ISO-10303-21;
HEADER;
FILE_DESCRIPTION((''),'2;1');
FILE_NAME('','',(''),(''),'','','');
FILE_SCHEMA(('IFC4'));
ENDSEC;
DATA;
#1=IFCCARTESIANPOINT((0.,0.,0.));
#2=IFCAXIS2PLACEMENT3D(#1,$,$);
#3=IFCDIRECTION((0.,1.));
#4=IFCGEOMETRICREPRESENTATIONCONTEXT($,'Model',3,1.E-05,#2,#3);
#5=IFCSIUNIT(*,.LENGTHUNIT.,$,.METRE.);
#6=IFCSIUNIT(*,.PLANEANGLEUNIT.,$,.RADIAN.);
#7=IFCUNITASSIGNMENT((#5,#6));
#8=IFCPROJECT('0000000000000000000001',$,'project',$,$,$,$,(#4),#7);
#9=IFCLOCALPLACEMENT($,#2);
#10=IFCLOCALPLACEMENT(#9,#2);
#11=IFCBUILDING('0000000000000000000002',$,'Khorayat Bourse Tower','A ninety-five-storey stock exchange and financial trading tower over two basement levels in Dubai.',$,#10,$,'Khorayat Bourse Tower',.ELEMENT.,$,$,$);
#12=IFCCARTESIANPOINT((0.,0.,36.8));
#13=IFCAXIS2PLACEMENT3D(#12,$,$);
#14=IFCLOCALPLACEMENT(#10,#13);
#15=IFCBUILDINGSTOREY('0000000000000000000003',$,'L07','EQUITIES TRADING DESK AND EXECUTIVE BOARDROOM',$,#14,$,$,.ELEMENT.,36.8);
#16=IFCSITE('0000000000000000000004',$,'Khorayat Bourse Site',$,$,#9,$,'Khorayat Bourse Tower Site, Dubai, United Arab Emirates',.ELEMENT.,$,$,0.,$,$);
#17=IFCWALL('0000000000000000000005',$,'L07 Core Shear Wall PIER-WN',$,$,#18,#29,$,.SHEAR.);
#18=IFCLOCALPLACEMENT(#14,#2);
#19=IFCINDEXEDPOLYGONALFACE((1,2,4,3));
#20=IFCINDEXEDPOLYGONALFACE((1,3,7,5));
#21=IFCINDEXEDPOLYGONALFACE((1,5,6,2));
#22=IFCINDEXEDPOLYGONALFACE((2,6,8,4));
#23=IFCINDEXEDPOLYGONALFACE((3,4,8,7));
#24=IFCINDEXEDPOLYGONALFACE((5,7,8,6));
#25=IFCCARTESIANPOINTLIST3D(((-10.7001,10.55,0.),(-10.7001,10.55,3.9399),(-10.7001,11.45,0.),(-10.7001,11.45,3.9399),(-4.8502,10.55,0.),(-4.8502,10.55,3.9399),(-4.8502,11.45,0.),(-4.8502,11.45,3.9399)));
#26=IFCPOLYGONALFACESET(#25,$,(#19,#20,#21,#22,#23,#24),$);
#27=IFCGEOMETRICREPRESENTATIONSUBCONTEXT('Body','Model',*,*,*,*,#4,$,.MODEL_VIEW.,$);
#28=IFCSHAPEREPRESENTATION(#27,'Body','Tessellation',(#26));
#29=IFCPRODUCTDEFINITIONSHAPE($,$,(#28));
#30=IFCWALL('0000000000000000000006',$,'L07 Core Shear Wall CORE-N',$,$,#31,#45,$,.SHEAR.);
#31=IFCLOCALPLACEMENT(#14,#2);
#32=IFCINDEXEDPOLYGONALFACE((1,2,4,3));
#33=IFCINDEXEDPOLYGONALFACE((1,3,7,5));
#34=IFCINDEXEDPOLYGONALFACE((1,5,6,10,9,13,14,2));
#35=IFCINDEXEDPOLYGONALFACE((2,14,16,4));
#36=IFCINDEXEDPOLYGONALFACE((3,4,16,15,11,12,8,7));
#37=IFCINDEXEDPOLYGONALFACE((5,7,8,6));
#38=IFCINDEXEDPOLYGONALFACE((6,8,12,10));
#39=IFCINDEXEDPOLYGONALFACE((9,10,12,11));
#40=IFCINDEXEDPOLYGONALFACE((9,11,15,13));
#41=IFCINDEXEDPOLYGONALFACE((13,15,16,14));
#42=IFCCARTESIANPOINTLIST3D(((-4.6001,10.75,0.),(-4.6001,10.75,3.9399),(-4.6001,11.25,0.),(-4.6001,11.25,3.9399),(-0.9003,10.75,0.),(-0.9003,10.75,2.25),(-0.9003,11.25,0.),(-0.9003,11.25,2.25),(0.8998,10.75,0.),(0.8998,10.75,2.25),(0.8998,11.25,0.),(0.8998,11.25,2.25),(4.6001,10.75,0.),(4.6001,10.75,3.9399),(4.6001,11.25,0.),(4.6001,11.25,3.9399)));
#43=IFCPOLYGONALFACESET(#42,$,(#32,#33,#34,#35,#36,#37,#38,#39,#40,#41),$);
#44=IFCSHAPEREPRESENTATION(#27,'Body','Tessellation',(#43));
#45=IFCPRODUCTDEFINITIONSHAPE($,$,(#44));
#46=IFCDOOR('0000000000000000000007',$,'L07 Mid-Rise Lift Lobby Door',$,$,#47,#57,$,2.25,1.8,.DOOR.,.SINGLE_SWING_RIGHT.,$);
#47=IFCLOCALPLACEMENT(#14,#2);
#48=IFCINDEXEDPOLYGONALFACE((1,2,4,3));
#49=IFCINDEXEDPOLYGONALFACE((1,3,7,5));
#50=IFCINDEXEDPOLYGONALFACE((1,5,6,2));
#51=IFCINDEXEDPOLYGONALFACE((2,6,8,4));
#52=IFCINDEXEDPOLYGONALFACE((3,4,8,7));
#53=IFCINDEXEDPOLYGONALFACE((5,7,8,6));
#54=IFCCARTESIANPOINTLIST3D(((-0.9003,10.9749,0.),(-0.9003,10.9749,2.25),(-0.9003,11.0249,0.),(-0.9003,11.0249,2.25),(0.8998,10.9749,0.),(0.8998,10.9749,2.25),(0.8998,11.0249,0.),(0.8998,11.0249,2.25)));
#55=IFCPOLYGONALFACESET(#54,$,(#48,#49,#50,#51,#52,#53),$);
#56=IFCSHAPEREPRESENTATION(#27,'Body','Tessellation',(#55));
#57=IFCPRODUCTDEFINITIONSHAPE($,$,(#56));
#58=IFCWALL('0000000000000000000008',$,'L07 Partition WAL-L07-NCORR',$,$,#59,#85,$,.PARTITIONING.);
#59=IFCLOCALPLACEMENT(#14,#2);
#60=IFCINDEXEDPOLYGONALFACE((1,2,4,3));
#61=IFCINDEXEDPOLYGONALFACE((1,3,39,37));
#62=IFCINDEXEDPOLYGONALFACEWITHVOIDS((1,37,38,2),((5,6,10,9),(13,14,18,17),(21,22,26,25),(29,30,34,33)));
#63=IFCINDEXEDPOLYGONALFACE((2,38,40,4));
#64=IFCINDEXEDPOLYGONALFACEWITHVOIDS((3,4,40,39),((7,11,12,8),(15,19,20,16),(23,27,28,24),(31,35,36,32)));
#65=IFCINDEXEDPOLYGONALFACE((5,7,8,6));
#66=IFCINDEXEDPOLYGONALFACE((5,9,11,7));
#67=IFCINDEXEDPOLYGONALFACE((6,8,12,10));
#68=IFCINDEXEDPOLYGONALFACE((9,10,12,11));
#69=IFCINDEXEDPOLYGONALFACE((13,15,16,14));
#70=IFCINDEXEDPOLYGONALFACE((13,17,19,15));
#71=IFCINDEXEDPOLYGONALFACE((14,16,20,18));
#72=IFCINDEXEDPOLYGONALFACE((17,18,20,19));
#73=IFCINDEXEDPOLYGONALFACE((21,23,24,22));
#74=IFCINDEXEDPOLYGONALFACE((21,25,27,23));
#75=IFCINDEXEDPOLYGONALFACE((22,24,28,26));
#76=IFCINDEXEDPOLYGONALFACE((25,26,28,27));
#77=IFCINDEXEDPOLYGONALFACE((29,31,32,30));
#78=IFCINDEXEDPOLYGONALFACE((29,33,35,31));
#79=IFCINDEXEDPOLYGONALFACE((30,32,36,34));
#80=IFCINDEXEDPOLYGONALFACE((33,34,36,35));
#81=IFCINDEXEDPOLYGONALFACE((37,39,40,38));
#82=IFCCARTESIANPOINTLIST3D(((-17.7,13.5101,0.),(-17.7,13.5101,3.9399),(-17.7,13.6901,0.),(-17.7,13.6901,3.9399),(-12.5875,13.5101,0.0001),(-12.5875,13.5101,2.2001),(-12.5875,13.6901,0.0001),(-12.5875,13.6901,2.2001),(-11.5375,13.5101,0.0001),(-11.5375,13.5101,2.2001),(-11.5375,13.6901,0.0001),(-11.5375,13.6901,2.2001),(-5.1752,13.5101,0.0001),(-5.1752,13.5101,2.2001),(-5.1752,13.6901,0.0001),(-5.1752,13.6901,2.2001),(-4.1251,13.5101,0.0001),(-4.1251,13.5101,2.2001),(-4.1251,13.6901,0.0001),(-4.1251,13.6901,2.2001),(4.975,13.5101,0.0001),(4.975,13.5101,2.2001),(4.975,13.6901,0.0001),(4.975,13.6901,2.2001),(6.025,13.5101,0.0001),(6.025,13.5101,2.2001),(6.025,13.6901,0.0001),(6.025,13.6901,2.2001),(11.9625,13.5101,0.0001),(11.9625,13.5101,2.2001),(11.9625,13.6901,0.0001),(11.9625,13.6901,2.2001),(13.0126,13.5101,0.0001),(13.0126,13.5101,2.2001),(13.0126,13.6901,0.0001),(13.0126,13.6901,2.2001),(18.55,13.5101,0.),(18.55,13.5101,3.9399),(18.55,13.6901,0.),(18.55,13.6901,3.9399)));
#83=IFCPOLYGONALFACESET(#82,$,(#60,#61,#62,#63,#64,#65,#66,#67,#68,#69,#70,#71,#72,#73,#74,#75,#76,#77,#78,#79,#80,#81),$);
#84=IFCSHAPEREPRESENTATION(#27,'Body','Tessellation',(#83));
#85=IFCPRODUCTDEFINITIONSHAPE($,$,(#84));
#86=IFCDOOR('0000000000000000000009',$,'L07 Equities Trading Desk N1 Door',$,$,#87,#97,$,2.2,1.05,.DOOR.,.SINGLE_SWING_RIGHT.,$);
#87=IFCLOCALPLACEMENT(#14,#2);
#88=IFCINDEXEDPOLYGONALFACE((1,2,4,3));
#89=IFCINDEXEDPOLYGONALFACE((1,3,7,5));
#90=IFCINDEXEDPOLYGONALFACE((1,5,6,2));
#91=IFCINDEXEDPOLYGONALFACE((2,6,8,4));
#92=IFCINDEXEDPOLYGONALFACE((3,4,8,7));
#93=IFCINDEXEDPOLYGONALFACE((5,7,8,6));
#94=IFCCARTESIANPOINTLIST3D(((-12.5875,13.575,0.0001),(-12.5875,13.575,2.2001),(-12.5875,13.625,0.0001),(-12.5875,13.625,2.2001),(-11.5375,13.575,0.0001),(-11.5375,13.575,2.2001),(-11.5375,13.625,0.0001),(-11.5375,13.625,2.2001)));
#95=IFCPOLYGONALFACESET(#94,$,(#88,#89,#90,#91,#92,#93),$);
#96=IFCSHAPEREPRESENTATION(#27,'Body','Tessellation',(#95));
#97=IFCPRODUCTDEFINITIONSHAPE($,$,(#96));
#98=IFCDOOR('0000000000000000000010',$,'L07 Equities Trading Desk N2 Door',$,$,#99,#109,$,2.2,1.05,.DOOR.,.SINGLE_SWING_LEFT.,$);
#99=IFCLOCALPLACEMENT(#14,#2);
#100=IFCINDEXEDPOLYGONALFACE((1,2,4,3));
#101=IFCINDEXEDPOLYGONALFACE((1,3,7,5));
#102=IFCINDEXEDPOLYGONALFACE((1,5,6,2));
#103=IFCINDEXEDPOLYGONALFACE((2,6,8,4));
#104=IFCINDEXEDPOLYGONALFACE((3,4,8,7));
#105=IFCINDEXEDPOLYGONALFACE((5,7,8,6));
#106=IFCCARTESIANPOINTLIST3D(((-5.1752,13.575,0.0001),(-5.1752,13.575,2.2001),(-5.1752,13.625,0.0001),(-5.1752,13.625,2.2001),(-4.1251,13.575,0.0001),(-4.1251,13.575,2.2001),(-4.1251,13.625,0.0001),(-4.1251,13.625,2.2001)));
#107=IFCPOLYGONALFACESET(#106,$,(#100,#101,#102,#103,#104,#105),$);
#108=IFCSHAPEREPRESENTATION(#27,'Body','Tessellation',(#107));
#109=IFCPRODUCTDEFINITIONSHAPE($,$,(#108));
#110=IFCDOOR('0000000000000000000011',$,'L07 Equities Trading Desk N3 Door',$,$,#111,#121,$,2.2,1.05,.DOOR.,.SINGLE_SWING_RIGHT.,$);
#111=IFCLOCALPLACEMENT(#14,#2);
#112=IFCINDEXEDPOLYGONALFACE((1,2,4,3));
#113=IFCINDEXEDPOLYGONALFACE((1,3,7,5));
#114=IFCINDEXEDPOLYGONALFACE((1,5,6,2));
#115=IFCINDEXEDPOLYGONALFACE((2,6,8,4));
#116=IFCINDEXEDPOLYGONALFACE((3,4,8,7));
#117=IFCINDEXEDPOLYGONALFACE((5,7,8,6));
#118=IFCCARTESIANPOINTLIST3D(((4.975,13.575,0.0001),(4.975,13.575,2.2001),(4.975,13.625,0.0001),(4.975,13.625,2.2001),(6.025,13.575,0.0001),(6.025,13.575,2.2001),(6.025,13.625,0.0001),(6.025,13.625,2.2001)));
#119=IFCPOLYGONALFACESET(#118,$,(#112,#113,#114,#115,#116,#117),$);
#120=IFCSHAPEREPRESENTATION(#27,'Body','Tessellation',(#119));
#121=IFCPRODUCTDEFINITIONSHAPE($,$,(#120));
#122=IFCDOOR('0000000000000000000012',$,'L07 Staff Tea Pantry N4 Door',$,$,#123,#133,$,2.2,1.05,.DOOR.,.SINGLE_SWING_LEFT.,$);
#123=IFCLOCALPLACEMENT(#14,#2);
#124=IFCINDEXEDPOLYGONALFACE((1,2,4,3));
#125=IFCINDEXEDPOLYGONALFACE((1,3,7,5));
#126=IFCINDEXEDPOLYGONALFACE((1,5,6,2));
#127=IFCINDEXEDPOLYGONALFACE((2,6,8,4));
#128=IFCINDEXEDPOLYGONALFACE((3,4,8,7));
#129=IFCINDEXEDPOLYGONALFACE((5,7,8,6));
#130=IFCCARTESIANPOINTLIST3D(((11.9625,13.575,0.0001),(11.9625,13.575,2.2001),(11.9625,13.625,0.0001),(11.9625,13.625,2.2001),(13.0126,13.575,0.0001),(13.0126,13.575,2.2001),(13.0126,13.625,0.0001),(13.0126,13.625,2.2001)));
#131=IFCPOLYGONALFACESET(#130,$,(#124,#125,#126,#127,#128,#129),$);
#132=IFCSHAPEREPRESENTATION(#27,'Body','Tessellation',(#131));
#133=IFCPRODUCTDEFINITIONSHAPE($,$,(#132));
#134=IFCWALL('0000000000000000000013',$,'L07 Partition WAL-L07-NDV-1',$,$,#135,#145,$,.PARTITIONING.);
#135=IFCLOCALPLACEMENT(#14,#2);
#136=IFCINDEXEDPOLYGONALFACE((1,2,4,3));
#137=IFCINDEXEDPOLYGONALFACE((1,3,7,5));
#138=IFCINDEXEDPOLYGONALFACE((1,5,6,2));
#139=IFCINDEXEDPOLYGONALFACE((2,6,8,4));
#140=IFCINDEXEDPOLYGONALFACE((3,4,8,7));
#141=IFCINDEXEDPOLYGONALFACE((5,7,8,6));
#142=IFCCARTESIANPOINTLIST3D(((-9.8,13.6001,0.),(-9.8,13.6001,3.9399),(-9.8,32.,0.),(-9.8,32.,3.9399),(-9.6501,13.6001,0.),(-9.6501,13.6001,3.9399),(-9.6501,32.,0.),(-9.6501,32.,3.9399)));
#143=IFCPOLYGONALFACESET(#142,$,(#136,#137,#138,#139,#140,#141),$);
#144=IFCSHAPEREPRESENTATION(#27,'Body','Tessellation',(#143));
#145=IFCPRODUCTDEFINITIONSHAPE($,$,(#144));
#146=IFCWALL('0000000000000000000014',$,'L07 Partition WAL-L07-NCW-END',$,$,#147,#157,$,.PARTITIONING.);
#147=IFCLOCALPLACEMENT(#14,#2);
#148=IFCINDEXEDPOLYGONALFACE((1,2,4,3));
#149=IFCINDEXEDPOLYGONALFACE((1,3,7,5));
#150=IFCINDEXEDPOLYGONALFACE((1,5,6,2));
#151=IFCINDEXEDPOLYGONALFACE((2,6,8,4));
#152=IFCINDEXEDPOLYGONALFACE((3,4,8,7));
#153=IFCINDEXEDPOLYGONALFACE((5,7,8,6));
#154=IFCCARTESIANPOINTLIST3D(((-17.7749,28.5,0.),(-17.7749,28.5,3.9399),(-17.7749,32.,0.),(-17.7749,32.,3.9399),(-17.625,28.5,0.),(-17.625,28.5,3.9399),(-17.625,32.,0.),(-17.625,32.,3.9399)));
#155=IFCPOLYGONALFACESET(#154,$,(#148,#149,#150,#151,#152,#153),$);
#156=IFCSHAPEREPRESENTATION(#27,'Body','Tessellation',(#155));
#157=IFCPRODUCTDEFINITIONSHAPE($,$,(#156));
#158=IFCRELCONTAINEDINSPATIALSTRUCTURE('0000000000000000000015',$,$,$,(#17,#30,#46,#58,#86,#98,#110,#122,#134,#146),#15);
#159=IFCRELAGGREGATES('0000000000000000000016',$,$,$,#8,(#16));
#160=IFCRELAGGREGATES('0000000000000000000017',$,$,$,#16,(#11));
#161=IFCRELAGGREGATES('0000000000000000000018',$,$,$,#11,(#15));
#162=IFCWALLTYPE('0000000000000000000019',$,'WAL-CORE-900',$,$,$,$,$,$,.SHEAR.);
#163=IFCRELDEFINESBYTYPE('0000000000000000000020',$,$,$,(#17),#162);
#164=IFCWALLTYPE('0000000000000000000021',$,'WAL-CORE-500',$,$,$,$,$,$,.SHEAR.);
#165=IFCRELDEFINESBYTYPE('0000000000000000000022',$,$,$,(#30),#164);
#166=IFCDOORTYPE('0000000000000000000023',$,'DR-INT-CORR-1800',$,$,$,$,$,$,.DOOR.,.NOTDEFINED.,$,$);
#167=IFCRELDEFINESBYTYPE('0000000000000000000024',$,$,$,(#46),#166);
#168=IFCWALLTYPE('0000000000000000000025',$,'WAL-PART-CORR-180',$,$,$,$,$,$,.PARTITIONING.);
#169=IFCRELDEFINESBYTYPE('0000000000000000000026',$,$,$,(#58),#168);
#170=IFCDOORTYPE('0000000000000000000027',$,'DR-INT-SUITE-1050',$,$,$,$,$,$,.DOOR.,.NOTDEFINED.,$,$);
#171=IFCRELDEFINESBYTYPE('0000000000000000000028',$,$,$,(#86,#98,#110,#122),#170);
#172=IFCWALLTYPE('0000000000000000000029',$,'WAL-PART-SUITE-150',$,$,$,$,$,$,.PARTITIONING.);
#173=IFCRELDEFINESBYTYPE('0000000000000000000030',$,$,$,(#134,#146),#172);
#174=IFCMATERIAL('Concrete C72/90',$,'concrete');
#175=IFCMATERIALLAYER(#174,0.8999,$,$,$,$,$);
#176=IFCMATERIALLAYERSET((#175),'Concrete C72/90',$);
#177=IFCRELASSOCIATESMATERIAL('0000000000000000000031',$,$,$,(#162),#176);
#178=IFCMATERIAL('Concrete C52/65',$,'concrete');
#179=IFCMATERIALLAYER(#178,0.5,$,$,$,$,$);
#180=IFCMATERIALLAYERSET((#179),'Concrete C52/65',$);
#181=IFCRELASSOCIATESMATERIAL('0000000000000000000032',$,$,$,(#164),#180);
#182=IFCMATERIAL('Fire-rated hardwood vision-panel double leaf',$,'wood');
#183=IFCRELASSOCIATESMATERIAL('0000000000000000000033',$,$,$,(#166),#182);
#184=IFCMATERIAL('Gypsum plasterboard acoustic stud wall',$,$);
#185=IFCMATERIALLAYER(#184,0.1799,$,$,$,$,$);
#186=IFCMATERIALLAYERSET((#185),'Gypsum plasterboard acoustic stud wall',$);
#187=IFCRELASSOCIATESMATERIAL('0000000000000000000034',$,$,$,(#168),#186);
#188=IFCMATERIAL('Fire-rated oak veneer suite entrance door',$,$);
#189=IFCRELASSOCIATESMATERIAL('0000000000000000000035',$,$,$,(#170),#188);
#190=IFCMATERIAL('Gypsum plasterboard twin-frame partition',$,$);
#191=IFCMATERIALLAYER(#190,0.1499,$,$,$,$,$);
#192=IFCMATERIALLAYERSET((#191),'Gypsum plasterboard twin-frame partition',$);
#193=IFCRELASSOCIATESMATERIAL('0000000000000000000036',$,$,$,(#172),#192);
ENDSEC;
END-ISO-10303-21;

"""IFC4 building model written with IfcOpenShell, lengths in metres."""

from ifc_helpers import new_model, si_unit, direction, frame, frame_2d, origin, place, context, subcontext, project, spatial, rectangle, extrude, source, transform, mapped, material, layer, layer_set, type_object, element, fill, save


model = new_model("IFC4")

# Units and contexts
model_context = context("Model", 3, precision=1e-05, world=origin(), true_north=direction((0.0, 1.0)))
body_context = subcontext(model_context, "Body", "Model", "MODEL_VIEW")
ifc_project = project(units=[si_unit("LENGTHUNIT", "METRE"), si_unit("PLANEANGLEUNIT", "RADIAN")], contexts=[model_context])

# Site, building, storey
site_placement = place(None, origin())
site = spatial("IfcSite", under=ifc_project, at=site_placement, Name="Khorayat Bourse Site", LongName="Khorayat Bourse Tower Site, Dubai, United Arab Emirates", CompositionType="ELEMENT", RefElevation=0.0)
building_placement = place(site_placement, origin())
building = spatial("IfcBuilding", under=site, at=building_placement, Name="Khorayat Bourse Tower", Description="A ninety-five-storey stock exchange and financial trading tower over two basement levels in Dubai.", LongName="Khorayat Bourse Tower", CompositionType="ELEMENT")
storey_placement = place(building_placement, frame((0.0, 0.0, 36.8)))
storey = spatial("IfcBuildingStorey", under=building, at=storey_placement, Name="L07", Description="EQUITIES TRADING DESK AND EXECUTIVE BOARDROOM", CompositionType="ELEMENT", Elevation=36.8)

# Shared definitions
ifc_material_1 = material(Name="Concrete C72/90", Category="concrete")

# Wall
ifc_layer_1 = layer(ifc_material_1, 0.8999)
ifc_layer_set_1 = layer_set([ifc_layer_1], Name="Concrete C72/90")
wall_type_1 = type_object("IfcWallType", Name="WAL-CORE-900", PredefinedType="SHEAR", material=ifc_layer_set_1)
shared_shape_1 = source(origin(), body_context, "Body", "SweptSolid", [
    extrude(rectangle(XDim=5.8499, YDim=0.8999, at=frame_2d((2.9248, 0.0))), origin(), (0.0, 0.0, 1.0), 3.9399),
])
wall_1_placement = place(storey_placement, frame((-10.7, 11.0, 0.0), z_axis=(0.0, 0.0, 1.0), x_axis=(1.0, 0.0, 0.0)))
element("IfcWall", 1, at=wall_1_placement, inside=storey, type_object=wall_type_1, Name="L07 Core Shear Wall PIER-WN", PredefinedType="SHEAR", context=body_context, shape_type="MappedRepresentation", body=[
    mapped(shared_shape_1, transform((0.0, 0.0, 0.0), scale=1.0)),
])

# Wall, opening, door
ifc_material_2 = material(Name="Concrete C52/65", Category="concrete")
ifc_layer_2 = layer(ifc_material_2, 0.5)
ifc_layer_set_2 = layer_set([ifc_layer_2], Name="Concrete C52/65")
wall_type_2 = type_object("IfcWallType", Name="WAL-CORE-500", PredefinedType="SHEAR", material=ifc_layer_set_2)
shared_shape_2 = source(origin(), body_context, "Body", "SweptSolid", [
    extrude(rectangle(XDim=9.2002, YDim=0.5, at=frame_2d((4.6001, 0.0))), origin(), (0.0, 0.0, 1.0), 3.9399),
])
wall_2_placement = place(storey_placement, frame((-4.6001, 11.0, 0.0), z_axis=(0.0, 0.0, 1.0), x_axis=(1.0, 0.0, 0.0)))
wall_2 = element("IfcWall", 2, at=wall_2_placement, inside=storey, type_object=wall_type_2, Name="L07 Core Shear Wall CORE-N", PredefinedType="SHEAR", context=body_context, shape_type="MappedRepresentation", body=[
    mapped(shared_shape_2, transform((0.0, 0.0, 0.0), scale=1.0)),
])
shared_shape_3 = source(origin(), body_context, "Body", "SweptSolid", [
    extrude(rectangle(XDim=1.8, YDim=2.25, at=frame_2d((0.8999, 1.125))), frame((0.0, 0.26, 0.0), z_axis=(0.0, -1.0, 0.0), x_axis=(1.0, 0.0, 0.0)), (0.0, 0.0, 1.0), 0.52),
])
opening_1_placement = place(wall_2_placement, frame((3.7, 0.0, 0.0)))
opening_1 = element("IfcOpeningElement", 3, at=opening_1_placement, cuts=wall_2, PredefinedType="OPENING", context=body_context, shape_type="MappedRepresentation", body=[
    mapped(shared_shape_3, transform((0.0, 0.0, 0.0), scale=1.0)),
])
ifc_material_3 = material(Name="Fire-rated hardwood vision-panel double leaf", Category="wood")
door_type_1 = type_object("IfcDoorType", Name="DR-INT-CORR-1800", OperationType="NOTDEFINED", PredefinedType="DOOR", material=ifc_material_3)
shared_shape_4 = source(origin(), body_context, "Body", "SweptSolid", [
    extrude(rectangle(XDim=1.8, YDim=2.25, at=frame_2d((0.8999, 1.125))), frame((0.0, 0.0249, 0.0), z_axis=(0.0, -1.0, 0.0), x_axis=(1.0, 0.0, 0.0)), (0.0, 0.0, 1.0), 0.05),
])
door_1_placement = place(opening_1_placement, origin())
door_1 = element("IfcDoor", 4, at=door_1_placement, inside=storey, type_object=door_type_1, Name="L07 Mid-Rise Lift Lobby Door", OperationType="SINGLE_SWING_RIGHT", OverallHeight=2.25, OverallWidth=1.8, PredefinedType="DOOR", context=body_context, shape_type="MappedRepresentation", body=[
    mapped(shared_shape_4, transform((0.0, 0.0, 0.0), scale=1.0)),
])
fill(opening_1, door_1)

# Wall, openings, doors
ifc_material_4 = material(Name="Gypsum plasterboard acoustic stud wall")
ifc_layer_3 = layer(ifc_material_4, 0.1799)
ifc_layer_set_3 = layer_set([ifc_layer_3], Name="Gypsum plasterboard acoustic stud wall")
wall_type_3 = type_object("IfcWallType", Name="WAL-PART-CORR-180", PredefinedType="PARTITIONING", material=ifc_layer_set_3)
shared_shape_5 = source(origin(), body_context, "Body", "SweptSolid", [
    extrude(rectangle(XDim=36.25, YDim=0.1799, at=frame_2d((18.125, 0.0))), origin(), (0.0, 0.0, 1.0), 3.9399),
])
wall_3_placement = place(storey_placement, frame((-17.7, 13.6001, 0.0), z_axis=(0.0, 0.0, 1.0), x_axis=(1.0, 0.0, 0.0)))
wall_3 = element("IfcWall", 5, at=wall_3_placement, inside=storey, type_object=wall_type_3, Name="L07 Partition WAL-L07-NCORR", PredefinedType="PARTITIONING", context=body_context, shape_type="MappedRepresentation", body=[
    mapped(shared_shape_5, transform((0.0, 0.0, 0.0), scale=1.0)),
])
shared_shape_6 = source(origin(), body_context, "Body", "SweptSolid", [
    extrude(rectangle(XDim=1.05, YDim=2.2, at=frame_2d((0.5249, 1.1001))), frame((0.0, 0.0999, 0.0), z_axis=(0.0, -1.0, 0.0), x_axis=(1.0, 0.0, 0.0)), (0.0, 0.0, 1.0), 0.2),
])
opening_2_placement = place(wall_3_placement, frame((5.1125, 0.0, 0.0)))
opening_2 = element("IfcOpeningElement", 6, at=opening_2_placement, cuts=wall_3, PredefinedType="OPENING", context=body_context, shape_type="MappedRepresentation", body=[
    mapped(shared_shape_6, transform((0.0, 0.0, 0.0), scale=1.0)),
])
opening_3_placement = place(wall_3_placement, frame((12.5249, 0.0, 0.0)))
opening_3 = element("IfcOpeningElement", 7, at=opening_3_placement, cuts=wall_3, PredefinedType="OPENING", context=body_context, shape_type="MappedRepresentation", body=[
    mapped(shared_shape_6, transform((0.0, 0.0, 0.0), scale=1.0)),
])
opening_4_placement = place(wall_3_placement, frame((22.675, 0.0, 0.0)))
opening_4 = element("IfcOpeningElement", 8, at=opening_4_placement, cuts=wall_3, PredefinedType="OPENING", context=body_context, shape_type="MappedRepresentation", body=[
    mapped(shared_shape_6, transform((0.0, 0.0, 0.0), scale=1.0)),
])
opening_5_placement = place(wall_3_placement, frame((29.6626, 0.0, 0.0)))
opening_5 = element("IfcOpeningElement", 9, at=opening_5_placement, cuts=wall_3, PredefinedType="OPENING", context=body_context, shape_type="MappedRepresentation", body=[
    mapped(shared_shape_6, transform((0.0, 0.0, 0.0), scale=1.0)),
])
ifc_material_5 = material(Name="Fire-rated oak veneer suite entrance door")
door_type_2 = type_object("IfcDoorType", Name="DR-INT-SUITE-1050", OperationType="NOTDEFINED", PredefinedType="DOOR", material=ifc_material_5)
shared_shape_7 = source(origin(), body_context, "Body", "SweptSolid", [
    extrude(rectangle(XDim=1.05, YDim=2.2, at=frame_2d((0.5249, 1.1001))), frame((0.0, 0.0249, 0.0), z_axis=(0.0, -1.0, 0.0), x_axis=(1.0, 0.0, 0.0)), (0.0, 0.0, 1.0), 0.05),
])
door_2_placement = place(opening_2_placement, origin())
door_2 = element("IfcDoor", 10, at=door_2_placement, inside=storey, type_object=door_type_2, Name="L07 Equities Trading Desk N1 Door", OperationType="SINGLE_SWING_RIGHT", OverallHeight=2.2, OverallWidth=1.05, PredefinedType="DOOR", context=body_context, shape_type="MappedRepresentation", body=[
    mapped(shared_shape_7, transform((0.0, 0.0, 0.0), scale=1.0)),
])
fill(opening_2, door_2)
door_3_placement = place(opening_3_placement, origin())
door_3 = element("IfcDoor", 11, at=door_3_placement, inside=storey, type_object=door_type_2, Name="L07 Equities Trading Desk N2 Door", OperationType="SINGLE_SWING_LEFT", OverallHeight=2.2, OverallWidth=1.05, PredefinedType="DOOR", context=body_context, shape_type="MappedRepresentation", body=[
    mapped(shared_shape_7, transform((0.0, 0.0, 0.0), scale=1.0)),
])
fill(opening_3, door_3)
door_4_placement = place(opening_4_placement, origin())
door_4 = element("IfcDoor", 12, at=door_4_placement, inside=storey, type_object=door_type_2, Name="L07 Equities Trading Desk N3 Door", OperationType="SINGLE_SWING_RIGHT", OverallHeight=2.2, OverallWidth=1.05, PredefinedType="DOOR", context=body_context, shape_type="MappedRepresentation", body=[
    mapped(shared_shape_7, transform((0.0, 0.0, 0.0), scale=1.0)),
])
fill(opening_4, door_4)
door_5_placement = place(opening_5_placement, origin())
door_5 = element("IfcDoor", 13, at=door_5_placement, inside=storey, type_object=door_type_2, Name="L07 Staff Tea Pantry N4 Door", OperationType="SINGLE_SWING_LEFT", OverallHeight=2.2, OverallWidth=1.05, PredefinedType="DOOR", context=body_context, shape_type="MappedRepresentation", body=[
    mapped(shared_shape_7, transform((0.0, 0.0, 0.0), scale=1.0)),
])
fill(opening_5, door_5)

# Walls
ifc_material_6 = material(Name="Gypsum plasterboard twin-frame partition")
ifc_layer_4 = layer(ifc_material_6, 0.1499)
ifc_layer_set_4 = layer_set([ifc_layer_4], Name="Gypsum plasterboard twin-frame partition")
wall_type_4 = type_object("IfcWallType", Name="WAL-PART-SUITE-150", PredefinedType="PARTITIONING", material=ifc_layer_set_4)
shared_shape_8 = source(origin(), body_context, "Body", "SweptSolid", [
    extrude(rectangle(XDim=18.3999, YDim=0.1499, at=frame_2d((9.2, 0.0))), origin(), (0.0, 0.0, 1.0), 3.9399),
])
wall_4_placement = place(storey_placement, frame((-9.7251, 13.6001, 0.0), z_axis=(0.0, 0.0, 1.0), x_axis=(0.0, 1.0, 0.0)))
element("IfcWall", 14, at=wall_4_placement, inside=storey, type_object=wall_type_4, Name="L07 Partition WAL-L07-NDV-1", PredefinedType="PARTITIONING", context=body_context, shape_type="MappedRepresentation", body=[
    mapped(shared_shape_8, transform((0.0, 0.0, 0.0), scale=1.0)),
])
shared_shape_9 = source(origin(), body_context, "Body", "SweptSolid", [
    extrude(rectangle(XDim=3.5, YDim=0.1499, at=frame_2d((1.75, 0.0))), origin(), (0.0, 0.0, 1.0), 3.9399),
])
wall_5_placement = place(storey_placement, frame((-17.7, 28.5, 0.0), z_axis=(0.0, 0.0, 1.0), x_axis=(0.0, 1.0, 0.0)))
element("IfcWall", 15, at=wall_5_placement, inside=storey, type_object=wall_type_4, Name="L07 Partition WAL-L07-NCW-END", PredefinedType="PARTITIONING", context=body_context, shape_type="MappedRepresentation", body=[
    mapped(shared_shape_9, transform((0.0, 0.0, 0.0), scale=1.0)),
])

save(model, "model.ifc")
